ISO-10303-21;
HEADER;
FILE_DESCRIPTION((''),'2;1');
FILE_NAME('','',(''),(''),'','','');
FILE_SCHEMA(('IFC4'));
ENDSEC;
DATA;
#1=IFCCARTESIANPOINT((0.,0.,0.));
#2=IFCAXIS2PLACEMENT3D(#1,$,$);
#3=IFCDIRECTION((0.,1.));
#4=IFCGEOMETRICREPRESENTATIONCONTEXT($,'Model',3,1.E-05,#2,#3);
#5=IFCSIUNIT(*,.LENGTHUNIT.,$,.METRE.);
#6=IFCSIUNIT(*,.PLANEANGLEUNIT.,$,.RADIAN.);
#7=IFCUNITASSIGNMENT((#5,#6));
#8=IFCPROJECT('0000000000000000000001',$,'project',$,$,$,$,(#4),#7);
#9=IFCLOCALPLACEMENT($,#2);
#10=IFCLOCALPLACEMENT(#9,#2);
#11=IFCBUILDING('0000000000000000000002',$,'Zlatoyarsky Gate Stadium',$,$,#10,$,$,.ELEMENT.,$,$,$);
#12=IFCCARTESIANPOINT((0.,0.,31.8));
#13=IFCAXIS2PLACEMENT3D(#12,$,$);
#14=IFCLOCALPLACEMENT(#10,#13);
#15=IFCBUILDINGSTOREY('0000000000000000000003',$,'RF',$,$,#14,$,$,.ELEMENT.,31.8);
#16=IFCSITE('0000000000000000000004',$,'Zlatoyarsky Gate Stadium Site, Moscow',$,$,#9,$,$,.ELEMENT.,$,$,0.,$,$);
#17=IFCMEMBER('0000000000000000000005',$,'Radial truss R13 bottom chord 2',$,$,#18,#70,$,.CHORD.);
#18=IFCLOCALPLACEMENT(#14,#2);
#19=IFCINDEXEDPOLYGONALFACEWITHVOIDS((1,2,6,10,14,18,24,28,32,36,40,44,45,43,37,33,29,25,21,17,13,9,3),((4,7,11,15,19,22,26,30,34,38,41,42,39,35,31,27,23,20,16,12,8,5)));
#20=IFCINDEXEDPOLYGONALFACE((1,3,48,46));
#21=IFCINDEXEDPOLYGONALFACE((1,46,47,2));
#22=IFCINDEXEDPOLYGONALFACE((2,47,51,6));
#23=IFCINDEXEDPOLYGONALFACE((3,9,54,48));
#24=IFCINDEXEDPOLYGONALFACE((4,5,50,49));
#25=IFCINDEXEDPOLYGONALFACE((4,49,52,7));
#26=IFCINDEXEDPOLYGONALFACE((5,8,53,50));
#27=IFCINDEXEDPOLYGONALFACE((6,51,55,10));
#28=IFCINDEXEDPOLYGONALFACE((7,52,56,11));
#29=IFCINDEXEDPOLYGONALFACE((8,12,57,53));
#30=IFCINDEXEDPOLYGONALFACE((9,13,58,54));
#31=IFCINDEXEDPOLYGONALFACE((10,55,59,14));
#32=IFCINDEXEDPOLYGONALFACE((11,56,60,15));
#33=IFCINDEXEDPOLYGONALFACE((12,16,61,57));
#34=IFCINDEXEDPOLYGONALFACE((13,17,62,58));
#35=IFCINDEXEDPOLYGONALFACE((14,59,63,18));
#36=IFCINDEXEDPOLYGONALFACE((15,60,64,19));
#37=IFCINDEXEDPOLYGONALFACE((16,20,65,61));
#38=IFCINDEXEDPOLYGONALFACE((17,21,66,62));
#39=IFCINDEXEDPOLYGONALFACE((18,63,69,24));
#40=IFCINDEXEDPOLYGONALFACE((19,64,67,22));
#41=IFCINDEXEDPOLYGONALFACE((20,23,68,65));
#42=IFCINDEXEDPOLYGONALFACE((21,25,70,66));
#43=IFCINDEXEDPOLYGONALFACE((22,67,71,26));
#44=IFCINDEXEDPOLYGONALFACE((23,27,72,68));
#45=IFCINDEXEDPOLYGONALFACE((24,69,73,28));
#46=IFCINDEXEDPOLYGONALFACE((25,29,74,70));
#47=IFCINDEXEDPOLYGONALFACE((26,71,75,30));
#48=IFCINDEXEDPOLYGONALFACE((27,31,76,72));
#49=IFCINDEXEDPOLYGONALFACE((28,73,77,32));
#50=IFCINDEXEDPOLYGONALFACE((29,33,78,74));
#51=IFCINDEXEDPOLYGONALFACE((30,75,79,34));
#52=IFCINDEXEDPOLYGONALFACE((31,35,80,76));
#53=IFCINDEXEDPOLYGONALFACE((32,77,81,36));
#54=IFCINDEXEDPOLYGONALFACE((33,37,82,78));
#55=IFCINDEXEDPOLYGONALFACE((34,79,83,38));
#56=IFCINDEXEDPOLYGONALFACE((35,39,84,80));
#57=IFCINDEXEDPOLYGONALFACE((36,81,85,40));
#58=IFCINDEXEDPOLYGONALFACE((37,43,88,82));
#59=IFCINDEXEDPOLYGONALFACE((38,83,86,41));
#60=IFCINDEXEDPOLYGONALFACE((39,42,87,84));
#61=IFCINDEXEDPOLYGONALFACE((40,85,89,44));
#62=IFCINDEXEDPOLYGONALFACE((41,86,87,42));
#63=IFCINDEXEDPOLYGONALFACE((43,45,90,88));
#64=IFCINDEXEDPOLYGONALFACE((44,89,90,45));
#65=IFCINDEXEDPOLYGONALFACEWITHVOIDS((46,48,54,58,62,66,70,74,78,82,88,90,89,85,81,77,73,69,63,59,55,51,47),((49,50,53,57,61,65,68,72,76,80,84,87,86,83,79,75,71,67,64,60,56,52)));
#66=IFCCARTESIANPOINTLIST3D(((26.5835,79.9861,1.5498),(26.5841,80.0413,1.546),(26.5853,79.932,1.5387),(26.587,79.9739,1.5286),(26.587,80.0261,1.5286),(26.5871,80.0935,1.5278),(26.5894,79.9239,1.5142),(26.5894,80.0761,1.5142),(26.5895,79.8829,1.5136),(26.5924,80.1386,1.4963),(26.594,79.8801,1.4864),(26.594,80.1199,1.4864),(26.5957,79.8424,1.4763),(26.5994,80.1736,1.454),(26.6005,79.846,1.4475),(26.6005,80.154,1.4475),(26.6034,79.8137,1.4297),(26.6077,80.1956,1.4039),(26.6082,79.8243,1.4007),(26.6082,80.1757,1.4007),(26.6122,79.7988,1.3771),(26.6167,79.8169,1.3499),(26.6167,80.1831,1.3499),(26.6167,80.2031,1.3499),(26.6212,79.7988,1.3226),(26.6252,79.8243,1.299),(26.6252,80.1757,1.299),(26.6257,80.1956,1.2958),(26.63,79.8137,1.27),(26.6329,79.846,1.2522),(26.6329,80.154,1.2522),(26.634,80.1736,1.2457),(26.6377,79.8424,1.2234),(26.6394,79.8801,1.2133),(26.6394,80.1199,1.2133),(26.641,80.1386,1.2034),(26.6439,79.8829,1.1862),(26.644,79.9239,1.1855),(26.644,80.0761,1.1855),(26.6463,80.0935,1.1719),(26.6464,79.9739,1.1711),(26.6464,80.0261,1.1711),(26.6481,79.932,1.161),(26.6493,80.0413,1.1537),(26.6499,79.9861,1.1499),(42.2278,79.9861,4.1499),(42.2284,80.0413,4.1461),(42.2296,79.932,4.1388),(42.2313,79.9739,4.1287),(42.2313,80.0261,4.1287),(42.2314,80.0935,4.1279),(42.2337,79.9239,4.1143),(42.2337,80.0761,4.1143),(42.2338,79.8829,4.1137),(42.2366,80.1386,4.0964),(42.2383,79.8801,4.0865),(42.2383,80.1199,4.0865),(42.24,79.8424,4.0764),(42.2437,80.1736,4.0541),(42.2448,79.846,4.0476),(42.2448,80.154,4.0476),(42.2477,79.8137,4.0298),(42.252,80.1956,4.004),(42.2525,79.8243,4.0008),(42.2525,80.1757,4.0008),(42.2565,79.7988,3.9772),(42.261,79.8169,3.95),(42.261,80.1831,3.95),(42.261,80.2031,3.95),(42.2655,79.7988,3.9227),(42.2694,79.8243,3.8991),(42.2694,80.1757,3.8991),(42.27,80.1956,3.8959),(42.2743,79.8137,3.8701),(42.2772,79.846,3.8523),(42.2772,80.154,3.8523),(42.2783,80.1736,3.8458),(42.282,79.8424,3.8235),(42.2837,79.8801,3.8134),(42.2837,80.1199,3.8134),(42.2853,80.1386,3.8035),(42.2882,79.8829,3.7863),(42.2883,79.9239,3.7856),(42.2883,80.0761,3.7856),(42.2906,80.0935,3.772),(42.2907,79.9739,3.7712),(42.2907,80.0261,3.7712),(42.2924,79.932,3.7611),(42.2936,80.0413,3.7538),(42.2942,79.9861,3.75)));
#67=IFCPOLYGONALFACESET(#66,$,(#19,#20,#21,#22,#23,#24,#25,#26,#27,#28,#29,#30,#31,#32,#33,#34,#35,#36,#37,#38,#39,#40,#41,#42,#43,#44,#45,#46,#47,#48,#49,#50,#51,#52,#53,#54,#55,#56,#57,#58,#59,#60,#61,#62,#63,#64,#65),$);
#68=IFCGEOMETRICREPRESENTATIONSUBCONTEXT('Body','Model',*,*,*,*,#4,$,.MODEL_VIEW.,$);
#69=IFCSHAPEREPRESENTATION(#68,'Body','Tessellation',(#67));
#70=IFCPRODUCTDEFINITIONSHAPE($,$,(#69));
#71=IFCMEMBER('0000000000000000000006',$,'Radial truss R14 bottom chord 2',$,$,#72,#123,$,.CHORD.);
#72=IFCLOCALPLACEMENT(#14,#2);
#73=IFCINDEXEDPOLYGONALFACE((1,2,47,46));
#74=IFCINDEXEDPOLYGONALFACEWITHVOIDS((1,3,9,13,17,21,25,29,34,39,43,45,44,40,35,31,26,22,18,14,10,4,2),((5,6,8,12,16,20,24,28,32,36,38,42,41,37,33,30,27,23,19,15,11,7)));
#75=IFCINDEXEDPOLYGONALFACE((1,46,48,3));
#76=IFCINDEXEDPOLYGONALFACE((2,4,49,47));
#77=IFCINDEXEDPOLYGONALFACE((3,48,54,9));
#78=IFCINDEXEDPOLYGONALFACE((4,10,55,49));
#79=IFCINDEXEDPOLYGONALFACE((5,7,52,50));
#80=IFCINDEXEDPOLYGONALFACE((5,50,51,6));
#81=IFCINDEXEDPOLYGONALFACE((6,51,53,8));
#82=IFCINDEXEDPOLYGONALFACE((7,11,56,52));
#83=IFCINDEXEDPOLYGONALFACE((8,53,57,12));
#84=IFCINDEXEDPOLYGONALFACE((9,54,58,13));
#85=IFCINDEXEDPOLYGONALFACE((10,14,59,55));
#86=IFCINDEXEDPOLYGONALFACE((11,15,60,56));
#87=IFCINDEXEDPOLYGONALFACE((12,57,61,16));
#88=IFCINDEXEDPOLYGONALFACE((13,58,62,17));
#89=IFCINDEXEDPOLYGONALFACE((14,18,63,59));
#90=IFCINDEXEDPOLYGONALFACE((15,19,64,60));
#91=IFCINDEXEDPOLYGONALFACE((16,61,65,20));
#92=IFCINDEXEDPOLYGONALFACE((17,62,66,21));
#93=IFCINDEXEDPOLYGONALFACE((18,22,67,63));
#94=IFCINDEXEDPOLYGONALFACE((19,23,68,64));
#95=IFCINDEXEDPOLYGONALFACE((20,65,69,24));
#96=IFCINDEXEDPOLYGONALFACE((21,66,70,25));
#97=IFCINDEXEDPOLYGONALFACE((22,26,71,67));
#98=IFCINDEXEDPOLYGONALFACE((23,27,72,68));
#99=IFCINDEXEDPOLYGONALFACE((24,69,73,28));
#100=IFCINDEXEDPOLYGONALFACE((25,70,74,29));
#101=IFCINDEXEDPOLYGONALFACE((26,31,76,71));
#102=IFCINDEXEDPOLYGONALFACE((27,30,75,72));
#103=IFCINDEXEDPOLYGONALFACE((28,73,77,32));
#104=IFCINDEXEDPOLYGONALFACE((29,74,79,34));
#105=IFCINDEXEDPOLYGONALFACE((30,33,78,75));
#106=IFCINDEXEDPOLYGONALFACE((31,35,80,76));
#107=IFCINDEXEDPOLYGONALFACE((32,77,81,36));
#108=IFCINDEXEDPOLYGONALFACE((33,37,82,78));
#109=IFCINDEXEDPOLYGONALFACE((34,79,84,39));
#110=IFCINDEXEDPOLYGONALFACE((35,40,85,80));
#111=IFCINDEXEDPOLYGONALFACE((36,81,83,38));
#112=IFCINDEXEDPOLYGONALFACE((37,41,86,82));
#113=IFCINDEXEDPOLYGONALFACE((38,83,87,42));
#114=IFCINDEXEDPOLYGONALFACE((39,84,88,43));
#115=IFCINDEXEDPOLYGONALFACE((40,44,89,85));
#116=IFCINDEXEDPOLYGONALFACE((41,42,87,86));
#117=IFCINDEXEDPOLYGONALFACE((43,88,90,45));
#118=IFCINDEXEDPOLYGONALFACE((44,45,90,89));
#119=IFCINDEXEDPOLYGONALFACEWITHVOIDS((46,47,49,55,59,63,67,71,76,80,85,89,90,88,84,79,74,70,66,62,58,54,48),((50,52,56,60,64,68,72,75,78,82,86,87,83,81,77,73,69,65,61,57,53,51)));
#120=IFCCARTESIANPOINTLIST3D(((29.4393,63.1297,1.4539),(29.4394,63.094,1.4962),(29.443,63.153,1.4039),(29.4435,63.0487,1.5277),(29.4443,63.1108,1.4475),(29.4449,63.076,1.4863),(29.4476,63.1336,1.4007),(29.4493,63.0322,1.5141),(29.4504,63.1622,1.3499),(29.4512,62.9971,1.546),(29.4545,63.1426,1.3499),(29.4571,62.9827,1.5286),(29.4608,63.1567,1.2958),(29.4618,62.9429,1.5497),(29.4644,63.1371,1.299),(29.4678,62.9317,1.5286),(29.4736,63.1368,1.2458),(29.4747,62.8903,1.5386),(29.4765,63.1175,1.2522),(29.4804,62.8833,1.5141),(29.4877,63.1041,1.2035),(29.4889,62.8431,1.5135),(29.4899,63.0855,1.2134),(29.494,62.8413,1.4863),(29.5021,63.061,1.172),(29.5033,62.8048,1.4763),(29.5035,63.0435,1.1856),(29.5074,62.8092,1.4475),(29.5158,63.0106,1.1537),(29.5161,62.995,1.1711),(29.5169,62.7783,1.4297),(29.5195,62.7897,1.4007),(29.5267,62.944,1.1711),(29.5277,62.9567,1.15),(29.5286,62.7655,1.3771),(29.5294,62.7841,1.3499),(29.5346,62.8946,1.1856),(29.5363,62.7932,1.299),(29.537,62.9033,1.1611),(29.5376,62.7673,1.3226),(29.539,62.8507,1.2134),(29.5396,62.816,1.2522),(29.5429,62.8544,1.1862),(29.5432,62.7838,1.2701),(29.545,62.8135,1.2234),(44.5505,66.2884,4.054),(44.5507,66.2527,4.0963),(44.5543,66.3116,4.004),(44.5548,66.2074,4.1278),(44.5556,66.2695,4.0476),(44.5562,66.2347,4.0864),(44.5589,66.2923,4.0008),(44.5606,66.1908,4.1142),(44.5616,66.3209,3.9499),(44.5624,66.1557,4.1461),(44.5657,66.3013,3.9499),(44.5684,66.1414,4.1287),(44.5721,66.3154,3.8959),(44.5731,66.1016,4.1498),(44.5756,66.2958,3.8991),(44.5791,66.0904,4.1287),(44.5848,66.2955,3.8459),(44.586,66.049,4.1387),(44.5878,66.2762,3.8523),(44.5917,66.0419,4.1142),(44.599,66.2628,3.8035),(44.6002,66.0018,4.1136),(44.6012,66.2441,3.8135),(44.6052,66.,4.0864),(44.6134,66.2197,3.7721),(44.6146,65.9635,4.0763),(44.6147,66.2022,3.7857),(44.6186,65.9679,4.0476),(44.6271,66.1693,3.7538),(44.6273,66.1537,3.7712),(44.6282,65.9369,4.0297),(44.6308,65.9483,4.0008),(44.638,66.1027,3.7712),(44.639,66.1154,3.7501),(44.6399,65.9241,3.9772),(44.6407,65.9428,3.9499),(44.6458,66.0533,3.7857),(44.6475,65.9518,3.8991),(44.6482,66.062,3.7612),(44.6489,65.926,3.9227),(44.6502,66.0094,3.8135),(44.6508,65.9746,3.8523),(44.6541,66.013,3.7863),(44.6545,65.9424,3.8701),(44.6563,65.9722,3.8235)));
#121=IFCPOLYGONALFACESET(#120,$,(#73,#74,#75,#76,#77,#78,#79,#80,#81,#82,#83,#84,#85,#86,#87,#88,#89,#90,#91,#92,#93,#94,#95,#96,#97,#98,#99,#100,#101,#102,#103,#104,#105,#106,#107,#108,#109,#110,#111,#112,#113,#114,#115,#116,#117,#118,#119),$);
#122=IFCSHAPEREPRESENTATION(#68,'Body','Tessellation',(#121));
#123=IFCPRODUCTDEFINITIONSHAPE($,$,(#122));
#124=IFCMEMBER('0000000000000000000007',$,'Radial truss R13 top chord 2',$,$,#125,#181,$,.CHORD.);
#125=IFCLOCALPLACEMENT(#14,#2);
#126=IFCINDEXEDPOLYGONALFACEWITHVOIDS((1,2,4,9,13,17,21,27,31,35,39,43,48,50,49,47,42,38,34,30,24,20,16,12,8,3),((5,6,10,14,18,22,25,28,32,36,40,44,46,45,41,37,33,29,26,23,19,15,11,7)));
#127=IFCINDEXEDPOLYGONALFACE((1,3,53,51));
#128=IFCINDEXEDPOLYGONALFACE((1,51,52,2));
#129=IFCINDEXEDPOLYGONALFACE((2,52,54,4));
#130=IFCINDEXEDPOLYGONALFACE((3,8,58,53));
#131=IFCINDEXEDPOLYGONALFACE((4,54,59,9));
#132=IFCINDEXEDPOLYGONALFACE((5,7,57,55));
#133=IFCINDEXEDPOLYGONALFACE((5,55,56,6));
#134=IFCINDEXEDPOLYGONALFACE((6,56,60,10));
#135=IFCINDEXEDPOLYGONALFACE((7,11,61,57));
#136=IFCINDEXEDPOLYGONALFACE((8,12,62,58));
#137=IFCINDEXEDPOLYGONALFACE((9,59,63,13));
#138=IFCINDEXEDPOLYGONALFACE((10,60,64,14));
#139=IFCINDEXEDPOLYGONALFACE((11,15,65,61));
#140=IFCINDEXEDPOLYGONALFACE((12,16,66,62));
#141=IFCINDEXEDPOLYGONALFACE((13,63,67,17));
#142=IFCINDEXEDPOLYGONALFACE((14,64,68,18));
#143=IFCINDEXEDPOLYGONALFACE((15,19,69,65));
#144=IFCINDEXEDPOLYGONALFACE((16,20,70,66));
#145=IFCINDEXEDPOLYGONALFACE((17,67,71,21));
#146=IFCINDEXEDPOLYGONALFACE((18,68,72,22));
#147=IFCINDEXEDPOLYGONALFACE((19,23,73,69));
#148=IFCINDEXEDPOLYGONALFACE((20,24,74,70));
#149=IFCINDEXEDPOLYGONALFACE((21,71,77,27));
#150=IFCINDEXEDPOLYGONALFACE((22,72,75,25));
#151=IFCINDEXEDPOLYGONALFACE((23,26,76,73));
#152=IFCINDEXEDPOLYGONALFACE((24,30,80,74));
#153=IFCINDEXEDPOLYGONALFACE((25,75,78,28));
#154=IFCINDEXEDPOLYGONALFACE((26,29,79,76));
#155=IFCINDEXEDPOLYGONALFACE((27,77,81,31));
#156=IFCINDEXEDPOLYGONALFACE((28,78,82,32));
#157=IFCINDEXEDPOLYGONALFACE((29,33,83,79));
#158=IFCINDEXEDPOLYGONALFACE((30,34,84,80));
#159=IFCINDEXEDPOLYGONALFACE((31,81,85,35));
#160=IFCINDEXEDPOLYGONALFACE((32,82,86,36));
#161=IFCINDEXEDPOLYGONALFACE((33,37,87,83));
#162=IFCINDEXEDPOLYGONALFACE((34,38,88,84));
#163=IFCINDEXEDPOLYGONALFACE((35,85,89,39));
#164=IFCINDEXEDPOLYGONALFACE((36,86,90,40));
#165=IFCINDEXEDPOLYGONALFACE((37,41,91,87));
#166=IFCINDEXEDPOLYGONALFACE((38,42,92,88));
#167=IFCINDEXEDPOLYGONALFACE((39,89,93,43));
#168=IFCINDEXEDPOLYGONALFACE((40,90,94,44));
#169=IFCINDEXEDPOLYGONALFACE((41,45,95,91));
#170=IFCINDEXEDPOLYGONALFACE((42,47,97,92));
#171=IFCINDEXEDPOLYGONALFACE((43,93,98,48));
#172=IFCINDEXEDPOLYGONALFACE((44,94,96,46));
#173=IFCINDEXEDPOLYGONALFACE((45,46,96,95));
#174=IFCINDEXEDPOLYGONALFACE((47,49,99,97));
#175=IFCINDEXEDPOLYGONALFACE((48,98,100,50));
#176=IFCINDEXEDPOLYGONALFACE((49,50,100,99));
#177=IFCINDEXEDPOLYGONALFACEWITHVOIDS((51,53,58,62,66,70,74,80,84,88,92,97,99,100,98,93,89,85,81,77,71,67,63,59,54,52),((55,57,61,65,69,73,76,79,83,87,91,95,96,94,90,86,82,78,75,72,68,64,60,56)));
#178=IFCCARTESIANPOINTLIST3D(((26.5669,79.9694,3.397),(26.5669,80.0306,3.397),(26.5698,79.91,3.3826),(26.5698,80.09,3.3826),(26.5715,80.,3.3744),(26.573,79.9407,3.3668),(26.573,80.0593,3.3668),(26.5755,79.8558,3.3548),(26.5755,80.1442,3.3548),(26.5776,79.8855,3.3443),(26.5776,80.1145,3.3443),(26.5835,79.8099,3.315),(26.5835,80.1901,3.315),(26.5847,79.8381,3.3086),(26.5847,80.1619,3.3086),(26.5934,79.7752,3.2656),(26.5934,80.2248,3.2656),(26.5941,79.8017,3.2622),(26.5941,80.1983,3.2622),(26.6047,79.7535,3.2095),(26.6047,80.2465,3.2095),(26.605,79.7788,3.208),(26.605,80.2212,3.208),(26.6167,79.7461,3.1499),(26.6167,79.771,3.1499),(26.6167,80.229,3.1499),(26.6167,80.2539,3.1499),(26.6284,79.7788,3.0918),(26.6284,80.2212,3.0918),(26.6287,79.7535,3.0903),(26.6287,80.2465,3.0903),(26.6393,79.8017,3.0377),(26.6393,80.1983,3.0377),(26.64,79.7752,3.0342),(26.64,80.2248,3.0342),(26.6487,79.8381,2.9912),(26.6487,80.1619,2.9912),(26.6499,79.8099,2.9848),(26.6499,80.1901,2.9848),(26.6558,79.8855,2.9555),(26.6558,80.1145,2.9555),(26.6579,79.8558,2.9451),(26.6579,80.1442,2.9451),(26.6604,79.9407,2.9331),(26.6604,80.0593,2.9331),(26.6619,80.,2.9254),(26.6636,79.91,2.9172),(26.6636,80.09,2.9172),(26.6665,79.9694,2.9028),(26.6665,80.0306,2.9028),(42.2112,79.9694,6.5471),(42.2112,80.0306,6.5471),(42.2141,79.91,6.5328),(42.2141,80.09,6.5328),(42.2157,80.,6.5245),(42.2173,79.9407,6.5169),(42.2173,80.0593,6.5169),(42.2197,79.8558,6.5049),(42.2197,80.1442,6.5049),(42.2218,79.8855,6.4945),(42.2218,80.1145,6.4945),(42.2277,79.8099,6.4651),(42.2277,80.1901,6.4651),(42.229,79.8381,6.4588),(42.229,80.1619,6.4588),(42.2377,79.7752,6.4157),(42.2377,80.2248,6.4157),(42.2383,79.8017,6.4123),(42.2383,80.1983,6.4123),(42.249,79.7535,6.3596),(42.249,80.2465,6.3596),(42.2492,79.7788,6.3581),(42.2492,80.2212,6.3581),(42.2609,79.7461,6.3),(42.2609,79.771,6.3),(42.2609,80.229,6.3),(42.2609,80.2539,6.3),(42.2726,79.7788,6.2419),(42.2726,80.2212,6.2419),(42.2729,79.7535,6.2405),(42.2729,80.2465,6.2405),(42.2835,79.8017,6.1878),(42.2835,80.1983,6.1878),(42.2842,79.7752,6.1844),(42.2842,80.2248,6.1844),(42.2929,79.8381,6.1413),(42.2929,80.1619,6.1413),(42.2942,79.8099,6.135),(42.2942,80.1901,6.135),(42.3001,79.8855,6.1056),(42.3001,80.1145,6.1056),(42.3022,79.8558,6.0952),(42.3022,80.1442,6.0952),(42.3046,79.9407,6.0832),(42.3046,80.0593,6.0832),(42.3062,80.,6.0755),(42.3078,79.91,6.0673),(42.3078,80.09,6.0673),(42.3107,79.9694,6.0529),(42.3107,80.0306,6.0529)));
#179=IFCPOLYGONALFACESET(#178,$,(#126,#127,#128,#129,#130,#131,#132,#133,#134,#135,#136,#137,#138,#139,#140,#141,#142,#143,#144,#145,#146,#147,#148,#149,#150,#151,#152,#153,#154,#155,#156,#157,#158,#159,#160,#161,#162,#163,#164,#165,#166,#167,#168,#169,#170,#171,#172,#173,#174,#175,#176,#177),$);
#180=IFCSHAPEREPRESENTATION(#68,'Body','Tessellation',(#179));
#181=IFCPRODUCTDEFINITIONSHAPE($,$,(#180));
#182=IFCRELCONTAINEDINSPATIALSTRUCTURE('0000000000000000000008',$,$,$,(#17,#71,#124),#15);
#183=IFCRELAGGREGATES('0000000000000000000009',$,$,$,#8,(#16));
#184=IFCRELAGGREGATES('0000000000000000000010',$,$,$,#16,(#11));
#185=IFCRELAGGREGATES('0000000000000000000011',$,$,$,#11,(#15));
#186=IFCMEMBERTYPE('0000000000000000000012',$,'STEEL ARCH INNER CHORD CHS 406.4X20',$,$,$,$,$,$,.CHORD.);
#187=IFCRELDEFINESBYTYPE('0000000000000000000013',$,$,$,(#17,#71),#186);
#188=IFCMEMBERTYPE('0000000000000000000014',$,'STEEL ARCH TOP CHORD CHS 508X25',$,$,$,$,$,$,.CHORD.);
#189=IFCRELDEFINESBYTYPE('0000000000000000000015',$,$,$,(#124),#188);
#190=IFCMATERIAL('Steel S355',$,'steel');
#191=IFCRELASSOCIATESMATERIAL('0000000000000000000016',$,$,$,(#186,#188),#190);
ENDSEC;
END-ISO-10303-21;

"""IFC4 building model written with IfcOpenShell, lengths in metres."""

from ifc_helpers import new_model, si_unit, direction, frame, origin, origin_2d, place, context, subcontext, project, spatial, hollow_circle, extrude, material, material_profile, profile_set, type_object, element, save


model = new_model("IFC4")

# Units and contexts
model_context = context("Model", 3, precision=1e-05, world=origin(), true_north=direction((0.0, 1.0)))
body_context = subcontext(model_context, "Body", "Model", "MODEL_VIEW")
ifc_project = project(units=[si_unit("LENGTHUNIT", "METRE"), si_unit("PLANEANGLEUNIT", "RADIAN")], contexts=[model_context])

# Site, building, storey
site_placement = place(None, origin())
site = spatial("IfcSite", under=ifc_project, at=site_placement, Name="Zlatoyarsky Gate Stadium Site, Moscow", CompositionType="ELEMENT", RefElevation=0.0)
building_placement = place(site_placement, origin())
building = spatial("IfcBuilding", under=site, at=building_placement, Name="Zlatoyarsky Gate Stadium", CompositionType="ELEMENT")
storey_placement = place(building_placement, frame((0.0, 0.0, 31.8)))
storey = spatial("IfcBuildingStorey", under=building, at=storey_placement, Name="RF", CompositionType="ELEMENT", Elevation=31.8)

# Members
ifc_material_1 = material(Name="Steel S355", Category="steel")
ifc_material_profile_1 = material_profile(ifc_material_1, hollow_circle(Radius=0.2031, WallThickness=0.02, at=origin_2d()), Name="CHS 406.4X20")
ifc_profile_set_1 = profile_set([ifc_material_profile_1], Name="Steel S355")
member_type_1 = type_object("IfcMemberType", Name="STEEL ARCH INNER CHORD CHS 406.4X20", PredefinedType="CHORD", material=ifc_profile_set_1)
member_1_placement = place(storey_placement, frame((26.6167, 80.0, 1.3499), z_axis=(0.986468, 0.0, 0.163952), x_axis=(0.0, 1.0, 0.0)))
element("IfcMember", 1, at=member_1_placement, inside=storey, type_object=member_type_1, Name="Radial truss R13 bottom chord 2", PredefinedType="CHORD", context=body_context, shape_type="SweptSolid", body=[
    extrude(hollow_circle(Radius=0.2031, WallThickness=0.02, at=origin_2d()), origin(), (0.0, 0.0, 1.0), 15.8589),
])
member_2_placement = place(storey_placement, frame((29.4919, 62.9634, 1.3499), z_axis=(0.96525, 0.201764, 0.166084), x_axis=(-0.204606, 0.978844, 0.0)))
element("IfcMember", 2, at=member_2_placement, inside=storey, type_object=member_type_1, Name="Radial truss R14 bottom chord 2", PredefinedType="CHORD", context=body_context, shape_type="SweptSolid", body=[
    extrude(hollow_circle(Radius=0.2031, WallThickness=0.02, at=origin_2d()), origin(), (0.0, 0.0, 1.0), 15.6553),
])
ifc_material_profile_2 = material_profile(ifc_material_1, hollow_circle(Radius=0.2539, WallThickness=0.0249, at=origin_2d()), Name="CHS 508X25")
ifc_profile_set_2 = profile_set([ifc_material_profile_2], Name="Steel S355")
member_type_2 = type_object("IfcMemberType", Name="STEEL ARCH TOP CHORD CHS 508X25", PredefinedType="CHORD", material=ifc_profile_set_2)
member_3_placement = place(storey_placement, frame((26.6167, 80.0, 3.1499), z_axis=(0.980323, 0.0, 0.197399), x_axis=(0.0, 1.0, 0.0)))
element("IfcMember", 3, at=member_3_placement, inside=storey, type_object=member_type_2, Name="Radial truss R13 top chord 2", PredefinedType="CHORD", context=body_context, shape_type="SweptSolid", body=[
    extrude(hollow_circle(Radius=0.2539, WallThickness=0.0249, at=origin_2d()), origin(), (0.0, 0.0, 1.0), 15.9583),
])

save(model, "model.ifc")
